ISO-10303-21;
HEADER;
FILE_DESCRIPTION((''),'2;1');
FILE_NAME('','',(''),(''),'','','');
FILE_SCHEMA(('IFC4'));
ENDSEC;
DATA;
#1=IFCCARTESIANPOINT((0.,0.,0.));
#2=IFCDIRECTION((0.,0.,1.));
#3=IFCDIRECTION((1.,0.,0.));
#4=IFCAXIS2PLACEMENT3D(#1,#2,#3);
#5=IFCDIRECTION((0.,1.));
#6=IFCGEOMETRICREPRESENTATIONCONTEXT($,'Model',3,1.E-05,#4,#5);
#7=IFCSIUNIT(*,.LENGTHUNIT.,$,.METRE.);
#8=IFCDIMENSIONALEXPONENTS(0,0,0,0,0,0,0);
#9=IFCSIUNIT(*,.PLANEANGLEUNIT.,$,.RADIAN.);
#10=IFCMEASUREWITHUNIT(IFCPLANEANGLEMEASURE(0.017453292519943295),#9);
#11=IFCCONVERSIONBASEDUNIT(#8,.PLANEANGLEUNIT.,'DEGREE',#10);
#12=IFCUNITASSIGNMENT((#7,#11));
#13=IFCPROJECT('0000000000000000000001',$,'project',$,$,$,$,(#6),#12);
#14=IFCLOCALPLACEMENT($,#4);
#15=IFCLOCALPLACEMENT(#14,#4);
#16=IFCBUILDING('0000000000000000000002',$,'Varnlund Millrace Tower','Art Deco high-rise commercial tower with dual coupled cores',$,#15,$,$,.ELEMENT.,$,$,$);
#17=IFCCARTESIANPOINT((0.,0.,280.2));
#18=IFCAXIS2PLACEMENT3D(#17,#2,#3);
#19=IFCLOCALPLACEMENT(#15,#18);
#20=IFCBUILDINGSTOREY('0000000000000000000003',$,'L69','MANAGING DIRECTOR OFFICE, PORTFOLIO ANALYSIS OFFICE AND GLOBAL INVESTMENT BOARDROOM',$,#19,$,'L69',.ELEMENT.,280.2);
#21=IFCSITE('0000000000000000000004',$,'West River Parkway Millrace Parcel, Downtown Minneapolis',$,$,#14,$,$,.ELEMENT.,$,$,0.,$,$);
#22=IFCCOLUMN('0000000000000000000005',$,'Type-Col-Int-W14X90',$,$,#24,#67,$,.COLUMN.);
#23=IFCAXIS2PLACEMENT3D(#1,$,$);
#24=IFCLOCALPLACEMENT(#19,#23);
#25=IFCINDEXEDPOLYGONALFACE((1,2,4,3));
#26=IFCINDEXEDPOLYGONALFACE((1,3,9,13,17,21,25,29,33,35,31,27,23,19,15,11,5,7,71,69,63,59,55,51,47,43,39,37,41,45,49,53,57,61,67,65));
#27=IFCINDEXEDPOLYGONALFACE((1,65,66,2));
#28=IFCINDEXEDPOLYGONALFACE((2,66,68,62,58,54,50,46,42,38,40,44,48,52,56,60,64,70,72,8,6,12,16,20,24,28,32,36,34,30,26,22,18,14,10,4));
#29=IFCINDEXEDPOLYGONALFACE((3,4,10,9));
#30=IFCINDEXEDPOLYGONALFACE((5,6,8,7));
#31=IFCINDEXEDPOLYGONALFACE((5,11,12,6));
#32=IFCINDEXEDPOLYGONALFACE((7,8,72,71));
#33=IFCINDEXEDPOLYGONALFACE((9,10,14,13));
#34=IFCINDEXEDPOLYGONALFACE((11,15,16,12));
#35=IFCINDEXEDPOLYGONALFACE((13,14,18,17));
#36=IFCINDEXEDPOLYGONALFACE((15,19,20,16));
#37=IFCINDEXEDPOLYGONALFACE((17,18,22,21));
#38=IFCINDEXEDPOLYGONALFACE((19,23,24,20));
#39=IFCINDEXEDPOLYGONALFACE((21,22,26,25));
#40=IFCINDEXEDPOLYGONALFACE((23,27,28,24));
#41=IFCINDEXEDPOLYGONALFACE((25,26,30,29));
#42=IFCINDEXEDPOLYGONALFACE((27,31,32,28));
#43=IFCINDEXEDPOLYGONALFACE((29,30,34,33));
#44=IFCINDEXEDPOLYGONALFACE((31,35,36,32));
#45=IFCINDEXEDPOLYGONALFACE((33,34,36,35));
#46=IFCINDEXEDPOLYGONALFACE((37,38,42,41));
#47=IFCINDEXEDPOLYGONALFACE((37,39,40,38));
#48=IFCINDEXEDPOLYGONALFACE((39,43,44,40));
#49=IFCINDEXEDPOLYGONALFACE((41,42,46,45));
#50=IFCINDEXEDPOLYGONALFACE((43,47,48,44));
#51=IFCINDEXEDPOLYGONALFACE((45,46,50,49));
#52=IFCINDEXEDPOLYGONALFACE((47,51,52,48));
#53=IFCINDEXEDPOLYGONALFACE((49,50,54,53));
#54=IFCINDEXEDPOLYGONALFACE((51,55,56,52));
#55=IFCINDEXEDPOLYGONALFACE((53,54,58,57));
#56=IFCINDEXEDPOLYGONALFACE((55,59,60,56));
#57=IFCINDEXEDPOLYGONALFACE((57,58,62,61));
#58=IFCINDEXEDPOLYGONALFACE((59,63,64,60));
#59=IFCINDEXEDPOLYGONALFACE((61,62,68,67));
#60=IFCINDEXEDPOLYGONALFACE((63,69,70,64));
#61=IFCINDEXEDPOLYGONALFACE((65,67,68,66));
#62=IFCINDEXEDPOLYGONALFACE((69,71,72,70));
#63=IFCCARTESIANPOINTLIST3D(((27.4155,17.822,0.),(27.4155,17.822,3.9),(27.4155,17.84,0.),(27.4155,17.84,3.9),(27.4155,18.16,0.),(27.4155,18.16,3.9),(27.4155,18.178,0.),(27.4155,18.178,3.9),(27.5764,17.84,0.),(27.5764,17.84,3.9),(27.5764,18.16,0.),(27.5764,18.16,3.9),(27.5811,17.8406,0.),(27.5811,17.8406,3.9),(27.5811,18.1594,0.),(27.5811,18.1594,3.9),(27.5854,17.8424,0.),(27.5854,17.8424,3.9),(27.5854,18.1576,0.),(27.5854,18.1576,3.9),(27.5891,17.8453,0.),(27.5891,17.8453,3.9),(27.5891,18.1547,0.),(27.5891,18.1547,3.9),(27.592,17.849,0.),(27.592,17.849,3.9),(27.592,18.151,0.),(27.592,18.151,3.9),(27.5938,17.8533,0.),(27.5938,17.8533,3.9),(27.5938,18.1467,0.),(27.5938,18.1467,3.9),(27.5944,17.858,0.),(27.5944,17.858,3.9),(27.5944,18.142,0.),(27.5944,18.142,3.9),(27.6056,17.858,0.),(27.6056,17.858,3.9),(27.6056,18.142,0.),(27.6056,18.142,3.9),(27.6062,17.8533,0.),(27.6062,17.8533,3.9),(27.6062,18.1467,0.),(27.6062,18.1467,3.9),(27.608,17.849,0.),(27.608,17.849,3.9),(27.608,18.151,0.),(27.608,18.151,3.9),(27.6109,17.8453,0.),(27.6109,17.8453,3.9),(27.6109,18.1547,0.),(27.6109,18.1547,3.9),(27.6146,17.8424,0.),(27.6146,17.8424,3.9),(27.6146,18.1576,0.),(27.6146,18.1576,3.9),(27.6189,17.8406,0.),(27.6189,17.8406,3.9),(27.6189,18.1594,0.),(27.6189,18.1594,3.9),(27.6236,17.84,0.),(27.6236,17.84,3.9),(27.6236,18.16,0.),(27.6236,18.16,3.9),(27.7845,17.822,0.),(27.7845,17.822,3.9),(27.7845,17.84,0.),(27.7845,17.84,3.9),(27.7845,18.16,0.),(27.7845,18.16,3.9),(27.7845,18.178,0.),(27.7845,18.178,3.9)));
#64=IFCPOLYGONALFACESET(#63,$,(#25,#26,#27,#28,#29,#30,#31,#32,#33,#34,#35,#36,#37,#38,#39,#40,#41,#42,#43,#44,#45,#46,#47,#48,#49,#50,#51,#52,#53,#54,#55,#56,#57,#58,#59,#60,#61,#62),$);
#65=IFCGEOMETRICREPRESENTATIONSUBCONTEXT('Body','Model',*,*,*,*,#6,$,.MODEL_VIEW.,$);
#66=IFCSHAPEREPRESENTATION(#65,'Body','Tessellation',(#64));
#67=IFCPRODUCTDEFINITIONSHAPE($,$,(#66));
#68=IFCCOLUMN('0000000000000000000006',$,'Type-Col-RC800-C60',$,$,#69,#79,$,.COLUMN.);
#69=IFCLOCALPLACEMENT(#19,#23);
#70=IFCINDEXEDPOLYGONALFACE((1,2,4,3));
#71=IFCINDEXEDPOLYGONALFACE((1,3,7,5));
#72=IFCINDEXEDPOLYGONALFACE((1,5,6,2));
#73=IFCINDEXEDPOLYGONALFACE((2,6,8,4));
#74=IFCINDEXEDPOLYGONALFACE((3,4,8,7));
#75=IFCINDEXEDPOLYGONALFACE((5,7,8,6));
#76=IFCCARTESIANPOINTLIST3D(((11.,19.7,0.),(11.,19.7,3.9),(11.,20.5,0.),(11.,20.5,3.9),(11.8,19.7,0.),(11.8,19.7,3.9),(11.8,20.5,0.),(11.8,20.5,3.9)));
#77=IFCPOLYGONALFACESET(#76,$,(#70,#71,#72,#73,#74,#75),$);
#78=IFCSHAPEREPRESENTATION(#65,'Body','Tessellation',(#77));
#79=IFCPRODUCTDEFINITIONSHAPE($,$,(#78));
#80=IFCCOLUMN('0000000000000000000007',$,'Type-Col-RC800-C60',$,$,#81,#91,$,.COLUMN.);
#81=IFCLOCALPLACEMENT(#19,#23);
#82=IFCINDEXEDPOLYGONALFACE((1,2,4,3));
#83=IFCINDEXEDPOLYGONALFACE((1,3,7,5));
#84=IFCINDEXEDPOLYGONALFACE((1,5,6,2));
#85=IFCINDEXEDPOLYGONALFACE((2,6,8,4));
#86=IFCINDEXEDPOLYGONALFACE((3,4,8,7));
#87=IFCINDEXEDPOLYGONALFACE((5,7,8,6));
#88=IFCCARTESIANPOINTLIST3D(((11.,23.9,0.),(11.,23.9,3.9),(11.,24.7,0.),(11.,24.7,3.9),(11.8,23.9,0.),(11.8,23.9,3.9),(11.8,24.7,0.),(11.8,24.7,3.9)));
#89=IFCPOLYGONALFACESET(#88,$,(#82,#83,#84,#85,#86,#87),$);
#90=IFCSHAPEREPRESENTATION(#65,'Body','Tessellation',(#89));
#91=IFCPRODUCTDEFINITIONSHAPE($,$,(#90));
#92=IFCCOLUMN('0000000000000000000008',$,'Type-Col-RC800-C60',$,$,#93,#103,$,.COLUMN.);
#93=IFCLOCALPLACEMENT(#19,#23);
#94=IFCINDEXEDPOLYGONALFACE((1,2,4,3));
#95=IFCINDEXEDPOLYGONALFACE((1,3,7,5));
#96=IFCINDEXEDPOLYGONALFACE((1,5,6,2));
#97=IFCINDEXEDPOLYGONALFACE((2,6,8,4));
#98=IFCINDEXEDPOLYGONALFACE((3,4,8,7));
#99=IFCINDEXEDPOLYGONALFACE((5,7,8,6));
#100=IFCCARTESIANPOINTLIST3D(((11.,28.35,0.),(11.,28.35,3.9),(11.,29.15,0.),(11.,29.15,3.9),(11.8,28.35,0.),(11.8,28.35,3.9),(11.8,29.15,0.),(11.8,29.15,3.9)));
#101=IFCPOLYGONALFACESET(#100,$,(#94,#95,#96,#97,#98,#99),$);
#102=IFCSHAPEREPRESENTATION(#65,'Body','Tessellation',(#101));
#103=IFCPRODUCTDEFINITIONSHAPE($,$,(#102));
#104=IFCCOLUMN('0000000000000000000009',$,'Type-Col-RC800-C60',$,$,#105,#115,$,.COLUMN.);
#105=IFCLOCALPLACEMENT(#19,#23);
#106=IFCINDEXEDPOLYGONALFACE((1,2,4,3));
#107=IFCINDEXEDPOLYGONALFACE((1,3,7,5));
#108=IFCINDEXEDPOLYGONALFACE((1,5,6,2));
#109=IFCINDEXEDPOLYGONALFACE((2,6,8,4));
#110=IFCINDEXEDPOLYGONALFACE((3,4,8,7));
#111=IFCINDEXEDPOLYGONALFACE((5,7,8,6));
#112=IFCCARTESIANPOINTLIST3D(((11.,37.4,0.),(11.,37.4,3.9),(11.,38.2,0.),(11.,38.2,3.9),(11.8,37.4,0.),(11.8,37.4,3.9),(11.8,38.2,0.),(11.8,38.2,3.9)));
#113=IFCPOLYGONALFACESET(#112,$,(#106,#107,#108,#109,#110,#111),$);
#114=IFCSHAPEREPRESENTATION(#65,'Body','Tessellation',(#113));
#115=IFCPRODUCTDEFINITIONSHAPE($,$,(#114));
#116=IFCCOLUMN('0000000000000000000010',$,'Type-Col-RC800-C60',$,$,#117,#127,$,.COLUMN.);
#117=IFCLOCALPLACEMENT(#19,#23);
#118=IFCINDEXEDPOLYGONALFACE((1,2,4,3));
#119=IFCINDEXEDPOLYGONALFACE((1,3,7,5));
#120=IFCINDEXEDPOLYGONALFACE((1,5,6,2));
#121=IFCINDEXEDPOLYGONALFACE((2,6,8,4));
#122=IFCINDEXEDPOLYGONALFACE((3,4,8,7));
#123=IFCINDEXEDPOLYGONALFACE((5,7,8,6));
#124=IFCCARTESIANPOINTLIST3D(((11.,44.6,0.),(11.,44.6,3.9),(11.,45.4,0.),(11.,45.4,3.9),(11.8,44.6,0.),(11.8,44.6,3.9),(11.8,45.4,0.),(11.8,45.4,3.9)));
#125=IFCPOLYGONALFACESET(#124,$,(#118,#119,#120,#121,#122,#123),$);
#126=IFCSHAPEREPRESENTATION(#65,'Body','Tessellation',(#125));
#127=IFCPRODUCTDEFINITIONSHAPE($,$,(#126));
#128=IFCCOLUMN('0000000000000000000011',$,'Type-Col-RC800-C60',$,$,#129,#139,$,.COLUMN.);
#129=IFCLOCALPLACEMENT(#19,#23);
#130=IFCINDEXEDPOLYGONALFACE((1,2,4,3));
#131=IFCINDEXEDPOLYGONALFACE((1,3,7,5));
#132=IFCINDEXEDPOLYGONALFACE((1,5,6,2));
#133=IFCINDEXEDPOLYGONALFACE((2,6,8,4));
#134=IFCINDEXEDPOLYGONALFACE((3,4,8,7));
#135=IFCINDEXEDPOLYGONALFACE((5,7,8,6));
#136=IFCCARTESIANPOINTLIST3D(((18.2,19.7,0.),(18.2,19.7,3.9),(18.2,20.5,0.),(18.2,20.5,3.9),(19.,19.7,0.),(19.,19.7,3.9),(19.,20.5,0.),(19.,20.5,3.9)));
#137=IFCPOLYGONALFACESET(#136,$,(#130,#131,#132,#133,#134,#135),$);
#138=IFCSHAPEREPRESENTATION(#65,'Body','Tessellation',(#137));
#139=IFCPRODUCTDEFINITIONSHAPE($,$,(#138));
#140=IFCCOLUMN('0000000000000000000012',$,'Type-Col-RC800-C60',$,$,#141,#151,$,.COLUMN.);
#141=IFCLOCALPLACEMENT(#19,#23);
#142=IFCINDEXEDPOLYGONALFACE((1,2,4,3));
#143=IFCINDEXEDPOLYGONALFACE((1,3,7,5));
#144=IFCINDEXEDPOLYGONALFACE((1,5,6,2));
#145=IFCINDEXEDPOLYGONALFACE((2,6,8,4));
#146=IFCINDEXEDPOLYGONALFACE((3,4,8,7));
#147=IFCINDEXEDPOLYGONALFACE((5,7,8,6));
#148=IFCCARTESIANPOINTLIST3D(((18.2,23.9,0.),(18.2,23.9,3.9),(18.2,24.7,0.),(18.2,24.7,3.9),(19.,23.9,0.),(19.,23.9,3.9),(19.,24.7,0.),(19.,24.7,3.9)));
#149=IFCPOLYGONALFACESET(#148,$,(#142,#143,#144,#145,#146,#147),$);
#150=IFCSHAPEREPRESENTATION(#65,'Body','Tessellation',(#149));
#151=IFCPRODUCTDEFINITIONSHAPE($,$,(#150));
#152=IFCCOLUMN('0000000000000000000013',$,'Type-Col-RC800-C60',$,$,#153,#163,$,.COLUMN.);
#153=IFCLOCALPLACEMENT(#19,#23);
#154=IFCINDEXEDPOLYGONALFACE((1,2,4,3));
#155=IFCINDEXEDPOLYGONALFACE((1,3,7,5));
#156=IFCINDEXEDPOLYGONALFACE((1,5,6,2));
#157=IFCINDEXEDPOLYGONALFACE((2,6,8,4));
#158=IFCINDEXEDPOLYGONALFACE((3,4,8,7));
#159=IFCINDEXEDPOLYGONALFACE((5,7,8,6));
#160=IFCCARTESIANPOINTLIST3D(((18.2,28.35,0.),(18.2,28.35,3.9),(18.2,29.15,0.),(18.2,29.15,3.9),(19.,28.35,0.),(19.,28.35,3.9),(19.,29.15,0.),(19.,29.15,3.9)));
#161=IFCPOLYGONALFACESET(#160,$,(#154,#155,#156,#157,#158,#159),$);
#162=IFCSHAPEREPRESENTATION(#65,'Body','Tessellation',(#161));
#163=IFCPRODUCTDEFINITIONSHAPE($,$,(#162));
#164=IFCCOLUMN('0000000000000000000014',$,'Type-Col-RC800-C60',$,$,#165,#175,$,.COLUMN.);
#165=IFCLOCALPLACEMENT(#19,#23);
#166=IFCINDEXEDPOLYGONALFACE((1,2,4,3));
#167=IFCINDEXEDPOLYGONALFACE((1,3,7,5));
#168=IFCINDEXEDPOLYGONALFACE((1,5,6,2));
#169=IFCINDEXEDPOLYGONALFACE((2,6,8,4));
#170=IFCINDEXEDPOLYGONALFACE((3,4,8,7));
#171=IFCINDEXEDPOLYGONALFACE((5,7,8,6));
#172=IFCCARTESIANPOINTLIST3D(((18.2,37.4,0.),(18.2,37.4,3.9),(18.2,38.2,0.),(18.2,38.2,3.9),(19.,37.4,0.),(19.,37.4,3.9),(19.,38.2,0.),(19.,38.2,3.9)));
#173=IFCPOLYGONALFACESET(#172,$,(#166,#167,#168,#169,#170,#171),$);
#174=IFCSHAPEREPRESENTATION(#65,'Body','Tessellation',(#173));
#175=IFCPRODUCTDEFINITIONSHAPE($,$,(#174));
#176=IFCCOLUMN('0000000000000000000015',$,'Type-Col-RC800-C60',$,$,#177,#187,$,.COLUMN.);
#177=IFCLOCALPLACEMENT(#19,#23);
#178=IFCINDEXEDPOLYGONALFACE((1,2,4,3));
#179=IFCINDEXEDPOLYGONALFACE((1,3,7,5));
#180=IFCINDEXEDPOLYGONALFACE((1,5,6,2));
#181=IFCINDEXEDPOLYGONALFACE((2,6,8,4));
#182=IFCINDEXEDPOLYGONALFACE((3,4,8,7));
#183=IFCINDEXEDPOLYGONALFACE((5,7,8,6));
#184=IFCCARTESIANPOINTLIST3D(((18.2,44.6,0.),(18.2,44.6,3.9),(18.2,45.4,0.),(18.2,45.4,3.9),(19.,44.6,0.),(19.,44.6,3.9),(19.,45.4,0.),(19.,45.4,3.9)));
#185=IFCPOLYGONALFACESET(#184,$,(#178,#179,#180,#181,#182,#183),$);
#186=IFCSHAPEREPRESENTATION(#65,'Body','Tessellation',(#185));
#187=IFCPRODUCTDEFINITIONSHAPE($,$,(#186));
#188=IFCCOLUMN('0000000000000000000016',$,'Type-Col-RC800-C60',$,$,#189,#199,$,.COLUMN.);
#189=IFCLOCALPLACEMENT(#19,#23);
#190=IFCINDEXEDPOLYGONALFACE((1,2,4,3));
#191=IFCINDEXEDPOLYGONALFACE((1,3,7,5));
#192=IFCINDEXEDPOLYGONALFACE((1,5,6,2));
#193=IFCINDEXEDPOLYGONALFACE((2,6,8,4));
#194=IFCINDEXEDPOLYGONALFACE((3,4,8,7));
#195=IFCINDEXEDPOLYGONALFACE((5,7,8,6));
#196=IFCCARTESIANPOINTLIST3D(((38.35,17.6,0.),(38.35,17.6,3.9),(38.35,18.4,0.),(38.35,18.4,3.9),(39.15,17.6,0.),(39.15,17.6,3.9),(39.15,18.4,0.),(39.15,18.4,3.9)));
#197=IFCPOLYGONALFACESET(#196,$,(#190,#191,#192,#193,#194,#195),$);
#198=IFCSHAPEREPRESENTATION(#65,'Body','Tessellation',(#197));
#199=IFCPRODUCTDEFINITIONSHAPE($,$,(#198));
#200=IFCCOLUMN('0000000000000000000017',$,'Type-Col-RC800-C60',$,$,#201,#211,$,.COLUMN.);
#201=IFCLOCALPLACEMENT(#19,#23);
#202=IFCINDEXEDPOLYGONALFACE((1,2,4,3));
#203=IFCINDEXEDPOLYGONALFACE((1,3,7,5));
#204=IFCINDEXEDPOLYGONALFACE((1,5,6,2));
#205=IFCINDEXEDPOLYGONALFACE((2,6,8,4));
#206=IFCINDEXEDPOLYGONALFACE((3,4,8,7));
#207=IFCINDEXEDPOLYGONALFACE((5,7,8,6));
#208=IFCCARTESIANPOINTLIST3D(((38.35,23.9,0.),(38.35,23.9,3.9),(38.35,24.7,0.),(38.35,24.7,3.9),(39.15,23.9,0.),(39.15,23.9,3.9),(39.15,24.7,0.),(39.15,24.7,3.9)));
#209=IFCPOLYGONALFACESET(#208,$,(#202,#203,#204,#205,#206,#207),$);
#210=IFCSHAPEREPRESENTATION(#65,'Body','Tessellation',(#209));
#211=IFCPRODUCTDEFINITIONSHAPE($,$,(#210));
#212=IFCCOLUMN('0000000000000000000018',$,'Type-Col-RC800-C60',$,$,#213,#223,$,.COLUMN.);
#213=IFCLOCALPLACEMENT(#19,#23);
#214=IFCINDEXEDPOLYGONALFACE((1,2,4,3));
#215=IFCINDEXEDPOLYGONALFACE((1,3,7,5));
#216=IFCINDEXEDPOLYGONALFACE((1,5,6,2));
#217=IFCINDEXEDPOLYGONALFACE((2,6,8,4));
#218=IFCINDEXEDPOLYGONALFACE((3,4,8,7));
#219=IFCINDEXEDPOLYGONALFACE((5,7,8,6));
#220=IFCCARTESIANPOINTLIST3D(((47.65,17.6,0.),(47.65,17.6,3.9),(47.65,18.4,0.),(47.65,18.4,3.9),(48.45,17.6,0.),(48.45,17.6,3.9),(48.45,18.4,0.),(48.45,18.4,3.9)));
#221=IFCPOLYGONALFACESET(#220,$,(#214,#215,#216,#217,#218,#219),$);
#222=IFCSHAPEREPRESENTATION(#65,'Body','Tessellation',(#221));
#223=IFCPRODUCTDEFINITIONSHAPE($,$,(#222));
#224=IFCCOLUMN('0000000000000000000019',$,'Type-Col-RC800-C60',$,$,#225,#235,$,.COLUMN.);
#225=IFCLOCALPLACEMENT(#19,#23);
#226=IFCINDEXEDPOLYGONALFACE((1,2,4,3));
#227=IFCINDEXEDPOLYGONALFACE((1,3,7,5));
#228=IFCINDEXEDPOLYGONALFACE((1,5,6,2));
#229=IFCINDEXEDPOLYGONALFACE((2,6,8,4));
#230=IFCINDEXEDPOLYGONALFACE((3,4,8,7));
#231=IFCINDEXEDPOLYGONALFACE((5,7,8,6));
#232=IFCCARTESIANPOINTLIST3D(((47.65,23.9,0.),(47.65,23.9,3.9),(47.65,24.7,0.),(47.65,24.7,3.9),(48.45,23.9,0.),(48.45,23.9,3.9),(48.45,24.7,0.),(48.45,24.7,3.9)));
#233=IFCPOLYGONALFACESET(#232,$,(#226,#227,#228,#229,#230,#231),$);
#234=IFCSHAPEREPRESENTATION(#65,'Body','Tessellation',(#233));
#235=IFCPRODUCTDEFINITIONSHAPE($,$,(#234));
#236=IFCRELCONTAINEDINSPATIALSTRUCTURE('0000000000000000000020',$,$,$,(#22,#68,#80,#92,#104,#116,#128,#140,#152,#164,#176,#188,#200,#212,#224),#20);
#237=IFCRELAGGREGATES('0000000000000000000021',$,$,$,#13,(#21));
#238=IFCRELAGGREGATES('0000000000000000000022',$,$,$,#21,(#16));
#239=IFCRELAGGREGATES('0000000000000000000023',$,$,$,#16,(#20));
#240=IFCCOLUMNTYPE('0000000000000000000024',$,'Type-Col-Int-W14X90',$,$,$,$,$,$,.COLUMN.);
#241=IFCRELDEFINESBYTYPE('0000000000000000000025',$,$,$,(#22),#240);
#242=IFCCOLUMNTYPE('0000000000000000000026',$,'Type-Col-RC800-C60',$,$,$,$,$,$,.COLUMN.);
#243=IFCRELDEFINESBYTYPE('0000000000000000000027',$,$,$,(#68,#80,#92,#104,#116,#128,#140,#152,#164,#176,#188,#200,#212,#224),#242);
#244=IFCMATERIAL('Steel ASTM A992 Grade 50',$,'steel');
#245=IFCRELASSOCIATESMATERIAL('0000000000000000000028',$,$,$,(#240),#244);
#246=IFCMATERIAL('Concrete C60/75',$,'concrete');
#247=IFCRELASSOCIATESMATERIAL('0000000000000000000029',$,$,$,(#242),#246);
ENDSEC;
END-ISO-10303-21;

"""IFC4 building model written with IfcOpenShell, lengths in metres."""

from ifc_helpers import new_model, entity, si_unit, converted_unit, direction, frame, origin_with_axes, origin_2d_with_axis, place, context, subcontext, project, spatial, rectangle, i_section, extrude, material, material_profile, profile_set, type_object, element, save


model = new_model("IFC4")

# Units and contexts
model_context = context("Model", 3, precision=1e-05, world=origin_with_axes(), true_north=direction((0.0, 1.0)))
body_context = subcontext(model_context, "Body", "Model", "MODEL_VIEW")
ifc_project = project(units=[si_unit("LENGTHUNIT", "METRE"), converted_unit("PLANEANGLEUNIT", "DEGREE", entity("IfcPlaneAngleMeasure", 0.017453292519943295), si_unit("PLANEANGLEUNIT", "RADIAN"), dimensions=[0, 0, 0, 0, 0, 0, 0])], contexts=[model_context])

# Site, building, storey
site_placement = place(None, origin_with_axes())
site = spatial("IfcSite", under=ifc_project, at=site_placement, Name="West River Parkway Millrace Parcel, Downtown Minneapolis", CompositionType="ELEMENT", RefElevation=0.0)
building_placement = place(site_placement, origin_with_axes())
building = spatial("IfcBuilding", under=site, at=building_placement, Name="Varnlund Millrace Tower", Description="Art Deco high-rise commercial tower with dual coupled cores", CompositionType="ELEMENT")
storey_placement = place(building_placement, frame((0.0, 0.0, 280.2), z_axis=(0.0, 0.0, 1.0), x_axis=(1.0, 0.0, 0.0)))
storey = spatial("IfcBuildingStorey", under=building, at=storey_placement, Name="L69", Description="MANAGING DIRECTOR OFFICE, PORTFOLIO ANALYSIS OFFICE AND GLOBAL INVESTMENT BOARDROOM", LongName="L69", CompositionType="ELEMENT", Elevation=280.2)

# Columns
ifc_material_1 = material(Name="Steel ASTM A992 Grade 50", Category="steel")
ifc_material_profile_1 = material_profile(ifc_material_1, i_section(OverallWidth=0.369, OverallDepth=0.356, WebThickness=0.0112, FlangeThickness=0.018, FilletRadius=0.018, at=origin_2d_with_axis()), Name="Steel ASTM A992 Grade 50")
ifc_profile_set_1 = profile_set([ifc_material_profile_1], Name="Steel ASTM A992 Grade 50")
column_type_1 = type_object("IfcColumnType", Name="Type-Col-Int-W14X90", PredefinedType="COLUMN", material=ifc_profile_set_1)
column_placement = place(storey_placement, frame((27.6, 18.0, 0.0), z_axis=(0.0, 0.0, 1.0), x_axis=(1.0, 0.0, 0.0)))
element("IfcColumn", 1, at=column_placement, inside=storey, type_object=column_type_1, Name="Type-Col-Int-W14X90", PredefinedType="COLUMN", context=body_context, shape_type="SweptSolid", body=[
    extrude(i_section(OverallWidth=0.369, OverallDepth=0.356, WebThickness=0.0112, FlangeThickness=0.018, FilletRadius=0.018, at=origin_2d_with_axis()), origin_with_axes(), (0.0, 0.0, 1.0), 3.9),
])
ifc_material_2 = material(Name="Concrete C60/75", Category="concrete")
ifc_material_profile_2 = material_profile(ifc_material_2, rectangle(XDim=0.8, YDim=0.8, at=origin_2d_with_axis()), Name="Concrete C60/75")
ifc_profile_set_2 = profile_set([ifc_material_profile_2], Name="Concrete C60/75")
column_type_2 = type_object("IfcColumnType", Name="Type-Col-RC800-C60", PredefinedType="COLUMN", material=ifc_profile_set_2)
for number, where, z_axis, x_axis, name in (
    (2, (11.4, 20.1, 0.0), (0.0, 0.0, 1.0), (1.0, 0.0, 0.0), "Type-Col-RC800-C60"),
    (3, (11.4, 24.3, 0.0), (0.0, 0.0, 1.0), (1.0, 0.0, 0.0), "Type-Col-RC800-C60"),
    (4, (11.4, 28.75, 0.0), (0.0, 0.0, 1.0), (1.0, 0.0, 0.0), "Type-Col-RC800-C60"),
    (5, (11.4, 37.8, 0.0), (0.0, 0.0, 1.0), (1.0, 0.0, 0.0), "Type-Col-RC800-C60"),
    (6, (11.4, 45.0, 0.0), (0.0, 0.0, 1.0), (1.0, 0.0, 0.0), "Type-Col-RC800-C60"),
    (7, (18.6, 20.1, 0.0), (0.0, 0.0, 1.0), (1.0, 0.0, 0.0), "Type-Col-RC800-C60"),
    (8, (18.6, 24.3, 0.0), (0.0, 0.0, 1.0), (1.0, 0.0, 0.0), "Type-Col-RC800-C60"),
    (9, (18.6, 28.75, 0.0), (0.0, 0.0, 1.0), (1.0, 0.0, 0.0), "Type-Col-RC800-C60"),
    (10, (18.6, 37.8, 0.0), (0.0, 0.0, 1.0), (1.0, 0.0, 0.0), "Type-Col-RC800-C60"),
    (11, (18.6, 45.0, 0.0), (0.0, 0.0, 1.0), (1.0, 0.0, 0.0), "Type-Col-RC800-C60"),
    (12, (38.75, 18.0, 0.0), (0.0, 0.0, 1.0), (1.0, 0.0, 0.0), "Type-Col-RC800-C60"),
    (13, (38.75, 24.3, 0.0), (0.0, 0.0, 1.0), (1.0, 0.0, 0.0), "Type-Col-RC800-C60"),
    (14, (48.05, 18.0, 0.0), (0.0, 0.0, 1.0), (1.0, 0.0, 0.0), "Type-Col-RC800-C60"),
    (15, (48.05, 24.3, 0.0), (0.0, 0.0, 1.0), (1.0, 0.0, 0.0), "Type-Col-RC800-C60"),
):
    element("IfcColumn", number, at=place(storey_placement, frame(where, z_axis=z_axis, x_axis=x_axis)), inside=storey, type_object=column_type_2, Name=name, PredefinedType="COLUMN", context=body_context, shape_type="SweptSolid", body=[
        extrude(rectangle(XDim=0.8, YDim=0.8, at=origin_2d_with_axis()), origin_with_axes(), (0.0, 0.0, 1.0), 3.9),
    ])

save(model, "model.ifc")
